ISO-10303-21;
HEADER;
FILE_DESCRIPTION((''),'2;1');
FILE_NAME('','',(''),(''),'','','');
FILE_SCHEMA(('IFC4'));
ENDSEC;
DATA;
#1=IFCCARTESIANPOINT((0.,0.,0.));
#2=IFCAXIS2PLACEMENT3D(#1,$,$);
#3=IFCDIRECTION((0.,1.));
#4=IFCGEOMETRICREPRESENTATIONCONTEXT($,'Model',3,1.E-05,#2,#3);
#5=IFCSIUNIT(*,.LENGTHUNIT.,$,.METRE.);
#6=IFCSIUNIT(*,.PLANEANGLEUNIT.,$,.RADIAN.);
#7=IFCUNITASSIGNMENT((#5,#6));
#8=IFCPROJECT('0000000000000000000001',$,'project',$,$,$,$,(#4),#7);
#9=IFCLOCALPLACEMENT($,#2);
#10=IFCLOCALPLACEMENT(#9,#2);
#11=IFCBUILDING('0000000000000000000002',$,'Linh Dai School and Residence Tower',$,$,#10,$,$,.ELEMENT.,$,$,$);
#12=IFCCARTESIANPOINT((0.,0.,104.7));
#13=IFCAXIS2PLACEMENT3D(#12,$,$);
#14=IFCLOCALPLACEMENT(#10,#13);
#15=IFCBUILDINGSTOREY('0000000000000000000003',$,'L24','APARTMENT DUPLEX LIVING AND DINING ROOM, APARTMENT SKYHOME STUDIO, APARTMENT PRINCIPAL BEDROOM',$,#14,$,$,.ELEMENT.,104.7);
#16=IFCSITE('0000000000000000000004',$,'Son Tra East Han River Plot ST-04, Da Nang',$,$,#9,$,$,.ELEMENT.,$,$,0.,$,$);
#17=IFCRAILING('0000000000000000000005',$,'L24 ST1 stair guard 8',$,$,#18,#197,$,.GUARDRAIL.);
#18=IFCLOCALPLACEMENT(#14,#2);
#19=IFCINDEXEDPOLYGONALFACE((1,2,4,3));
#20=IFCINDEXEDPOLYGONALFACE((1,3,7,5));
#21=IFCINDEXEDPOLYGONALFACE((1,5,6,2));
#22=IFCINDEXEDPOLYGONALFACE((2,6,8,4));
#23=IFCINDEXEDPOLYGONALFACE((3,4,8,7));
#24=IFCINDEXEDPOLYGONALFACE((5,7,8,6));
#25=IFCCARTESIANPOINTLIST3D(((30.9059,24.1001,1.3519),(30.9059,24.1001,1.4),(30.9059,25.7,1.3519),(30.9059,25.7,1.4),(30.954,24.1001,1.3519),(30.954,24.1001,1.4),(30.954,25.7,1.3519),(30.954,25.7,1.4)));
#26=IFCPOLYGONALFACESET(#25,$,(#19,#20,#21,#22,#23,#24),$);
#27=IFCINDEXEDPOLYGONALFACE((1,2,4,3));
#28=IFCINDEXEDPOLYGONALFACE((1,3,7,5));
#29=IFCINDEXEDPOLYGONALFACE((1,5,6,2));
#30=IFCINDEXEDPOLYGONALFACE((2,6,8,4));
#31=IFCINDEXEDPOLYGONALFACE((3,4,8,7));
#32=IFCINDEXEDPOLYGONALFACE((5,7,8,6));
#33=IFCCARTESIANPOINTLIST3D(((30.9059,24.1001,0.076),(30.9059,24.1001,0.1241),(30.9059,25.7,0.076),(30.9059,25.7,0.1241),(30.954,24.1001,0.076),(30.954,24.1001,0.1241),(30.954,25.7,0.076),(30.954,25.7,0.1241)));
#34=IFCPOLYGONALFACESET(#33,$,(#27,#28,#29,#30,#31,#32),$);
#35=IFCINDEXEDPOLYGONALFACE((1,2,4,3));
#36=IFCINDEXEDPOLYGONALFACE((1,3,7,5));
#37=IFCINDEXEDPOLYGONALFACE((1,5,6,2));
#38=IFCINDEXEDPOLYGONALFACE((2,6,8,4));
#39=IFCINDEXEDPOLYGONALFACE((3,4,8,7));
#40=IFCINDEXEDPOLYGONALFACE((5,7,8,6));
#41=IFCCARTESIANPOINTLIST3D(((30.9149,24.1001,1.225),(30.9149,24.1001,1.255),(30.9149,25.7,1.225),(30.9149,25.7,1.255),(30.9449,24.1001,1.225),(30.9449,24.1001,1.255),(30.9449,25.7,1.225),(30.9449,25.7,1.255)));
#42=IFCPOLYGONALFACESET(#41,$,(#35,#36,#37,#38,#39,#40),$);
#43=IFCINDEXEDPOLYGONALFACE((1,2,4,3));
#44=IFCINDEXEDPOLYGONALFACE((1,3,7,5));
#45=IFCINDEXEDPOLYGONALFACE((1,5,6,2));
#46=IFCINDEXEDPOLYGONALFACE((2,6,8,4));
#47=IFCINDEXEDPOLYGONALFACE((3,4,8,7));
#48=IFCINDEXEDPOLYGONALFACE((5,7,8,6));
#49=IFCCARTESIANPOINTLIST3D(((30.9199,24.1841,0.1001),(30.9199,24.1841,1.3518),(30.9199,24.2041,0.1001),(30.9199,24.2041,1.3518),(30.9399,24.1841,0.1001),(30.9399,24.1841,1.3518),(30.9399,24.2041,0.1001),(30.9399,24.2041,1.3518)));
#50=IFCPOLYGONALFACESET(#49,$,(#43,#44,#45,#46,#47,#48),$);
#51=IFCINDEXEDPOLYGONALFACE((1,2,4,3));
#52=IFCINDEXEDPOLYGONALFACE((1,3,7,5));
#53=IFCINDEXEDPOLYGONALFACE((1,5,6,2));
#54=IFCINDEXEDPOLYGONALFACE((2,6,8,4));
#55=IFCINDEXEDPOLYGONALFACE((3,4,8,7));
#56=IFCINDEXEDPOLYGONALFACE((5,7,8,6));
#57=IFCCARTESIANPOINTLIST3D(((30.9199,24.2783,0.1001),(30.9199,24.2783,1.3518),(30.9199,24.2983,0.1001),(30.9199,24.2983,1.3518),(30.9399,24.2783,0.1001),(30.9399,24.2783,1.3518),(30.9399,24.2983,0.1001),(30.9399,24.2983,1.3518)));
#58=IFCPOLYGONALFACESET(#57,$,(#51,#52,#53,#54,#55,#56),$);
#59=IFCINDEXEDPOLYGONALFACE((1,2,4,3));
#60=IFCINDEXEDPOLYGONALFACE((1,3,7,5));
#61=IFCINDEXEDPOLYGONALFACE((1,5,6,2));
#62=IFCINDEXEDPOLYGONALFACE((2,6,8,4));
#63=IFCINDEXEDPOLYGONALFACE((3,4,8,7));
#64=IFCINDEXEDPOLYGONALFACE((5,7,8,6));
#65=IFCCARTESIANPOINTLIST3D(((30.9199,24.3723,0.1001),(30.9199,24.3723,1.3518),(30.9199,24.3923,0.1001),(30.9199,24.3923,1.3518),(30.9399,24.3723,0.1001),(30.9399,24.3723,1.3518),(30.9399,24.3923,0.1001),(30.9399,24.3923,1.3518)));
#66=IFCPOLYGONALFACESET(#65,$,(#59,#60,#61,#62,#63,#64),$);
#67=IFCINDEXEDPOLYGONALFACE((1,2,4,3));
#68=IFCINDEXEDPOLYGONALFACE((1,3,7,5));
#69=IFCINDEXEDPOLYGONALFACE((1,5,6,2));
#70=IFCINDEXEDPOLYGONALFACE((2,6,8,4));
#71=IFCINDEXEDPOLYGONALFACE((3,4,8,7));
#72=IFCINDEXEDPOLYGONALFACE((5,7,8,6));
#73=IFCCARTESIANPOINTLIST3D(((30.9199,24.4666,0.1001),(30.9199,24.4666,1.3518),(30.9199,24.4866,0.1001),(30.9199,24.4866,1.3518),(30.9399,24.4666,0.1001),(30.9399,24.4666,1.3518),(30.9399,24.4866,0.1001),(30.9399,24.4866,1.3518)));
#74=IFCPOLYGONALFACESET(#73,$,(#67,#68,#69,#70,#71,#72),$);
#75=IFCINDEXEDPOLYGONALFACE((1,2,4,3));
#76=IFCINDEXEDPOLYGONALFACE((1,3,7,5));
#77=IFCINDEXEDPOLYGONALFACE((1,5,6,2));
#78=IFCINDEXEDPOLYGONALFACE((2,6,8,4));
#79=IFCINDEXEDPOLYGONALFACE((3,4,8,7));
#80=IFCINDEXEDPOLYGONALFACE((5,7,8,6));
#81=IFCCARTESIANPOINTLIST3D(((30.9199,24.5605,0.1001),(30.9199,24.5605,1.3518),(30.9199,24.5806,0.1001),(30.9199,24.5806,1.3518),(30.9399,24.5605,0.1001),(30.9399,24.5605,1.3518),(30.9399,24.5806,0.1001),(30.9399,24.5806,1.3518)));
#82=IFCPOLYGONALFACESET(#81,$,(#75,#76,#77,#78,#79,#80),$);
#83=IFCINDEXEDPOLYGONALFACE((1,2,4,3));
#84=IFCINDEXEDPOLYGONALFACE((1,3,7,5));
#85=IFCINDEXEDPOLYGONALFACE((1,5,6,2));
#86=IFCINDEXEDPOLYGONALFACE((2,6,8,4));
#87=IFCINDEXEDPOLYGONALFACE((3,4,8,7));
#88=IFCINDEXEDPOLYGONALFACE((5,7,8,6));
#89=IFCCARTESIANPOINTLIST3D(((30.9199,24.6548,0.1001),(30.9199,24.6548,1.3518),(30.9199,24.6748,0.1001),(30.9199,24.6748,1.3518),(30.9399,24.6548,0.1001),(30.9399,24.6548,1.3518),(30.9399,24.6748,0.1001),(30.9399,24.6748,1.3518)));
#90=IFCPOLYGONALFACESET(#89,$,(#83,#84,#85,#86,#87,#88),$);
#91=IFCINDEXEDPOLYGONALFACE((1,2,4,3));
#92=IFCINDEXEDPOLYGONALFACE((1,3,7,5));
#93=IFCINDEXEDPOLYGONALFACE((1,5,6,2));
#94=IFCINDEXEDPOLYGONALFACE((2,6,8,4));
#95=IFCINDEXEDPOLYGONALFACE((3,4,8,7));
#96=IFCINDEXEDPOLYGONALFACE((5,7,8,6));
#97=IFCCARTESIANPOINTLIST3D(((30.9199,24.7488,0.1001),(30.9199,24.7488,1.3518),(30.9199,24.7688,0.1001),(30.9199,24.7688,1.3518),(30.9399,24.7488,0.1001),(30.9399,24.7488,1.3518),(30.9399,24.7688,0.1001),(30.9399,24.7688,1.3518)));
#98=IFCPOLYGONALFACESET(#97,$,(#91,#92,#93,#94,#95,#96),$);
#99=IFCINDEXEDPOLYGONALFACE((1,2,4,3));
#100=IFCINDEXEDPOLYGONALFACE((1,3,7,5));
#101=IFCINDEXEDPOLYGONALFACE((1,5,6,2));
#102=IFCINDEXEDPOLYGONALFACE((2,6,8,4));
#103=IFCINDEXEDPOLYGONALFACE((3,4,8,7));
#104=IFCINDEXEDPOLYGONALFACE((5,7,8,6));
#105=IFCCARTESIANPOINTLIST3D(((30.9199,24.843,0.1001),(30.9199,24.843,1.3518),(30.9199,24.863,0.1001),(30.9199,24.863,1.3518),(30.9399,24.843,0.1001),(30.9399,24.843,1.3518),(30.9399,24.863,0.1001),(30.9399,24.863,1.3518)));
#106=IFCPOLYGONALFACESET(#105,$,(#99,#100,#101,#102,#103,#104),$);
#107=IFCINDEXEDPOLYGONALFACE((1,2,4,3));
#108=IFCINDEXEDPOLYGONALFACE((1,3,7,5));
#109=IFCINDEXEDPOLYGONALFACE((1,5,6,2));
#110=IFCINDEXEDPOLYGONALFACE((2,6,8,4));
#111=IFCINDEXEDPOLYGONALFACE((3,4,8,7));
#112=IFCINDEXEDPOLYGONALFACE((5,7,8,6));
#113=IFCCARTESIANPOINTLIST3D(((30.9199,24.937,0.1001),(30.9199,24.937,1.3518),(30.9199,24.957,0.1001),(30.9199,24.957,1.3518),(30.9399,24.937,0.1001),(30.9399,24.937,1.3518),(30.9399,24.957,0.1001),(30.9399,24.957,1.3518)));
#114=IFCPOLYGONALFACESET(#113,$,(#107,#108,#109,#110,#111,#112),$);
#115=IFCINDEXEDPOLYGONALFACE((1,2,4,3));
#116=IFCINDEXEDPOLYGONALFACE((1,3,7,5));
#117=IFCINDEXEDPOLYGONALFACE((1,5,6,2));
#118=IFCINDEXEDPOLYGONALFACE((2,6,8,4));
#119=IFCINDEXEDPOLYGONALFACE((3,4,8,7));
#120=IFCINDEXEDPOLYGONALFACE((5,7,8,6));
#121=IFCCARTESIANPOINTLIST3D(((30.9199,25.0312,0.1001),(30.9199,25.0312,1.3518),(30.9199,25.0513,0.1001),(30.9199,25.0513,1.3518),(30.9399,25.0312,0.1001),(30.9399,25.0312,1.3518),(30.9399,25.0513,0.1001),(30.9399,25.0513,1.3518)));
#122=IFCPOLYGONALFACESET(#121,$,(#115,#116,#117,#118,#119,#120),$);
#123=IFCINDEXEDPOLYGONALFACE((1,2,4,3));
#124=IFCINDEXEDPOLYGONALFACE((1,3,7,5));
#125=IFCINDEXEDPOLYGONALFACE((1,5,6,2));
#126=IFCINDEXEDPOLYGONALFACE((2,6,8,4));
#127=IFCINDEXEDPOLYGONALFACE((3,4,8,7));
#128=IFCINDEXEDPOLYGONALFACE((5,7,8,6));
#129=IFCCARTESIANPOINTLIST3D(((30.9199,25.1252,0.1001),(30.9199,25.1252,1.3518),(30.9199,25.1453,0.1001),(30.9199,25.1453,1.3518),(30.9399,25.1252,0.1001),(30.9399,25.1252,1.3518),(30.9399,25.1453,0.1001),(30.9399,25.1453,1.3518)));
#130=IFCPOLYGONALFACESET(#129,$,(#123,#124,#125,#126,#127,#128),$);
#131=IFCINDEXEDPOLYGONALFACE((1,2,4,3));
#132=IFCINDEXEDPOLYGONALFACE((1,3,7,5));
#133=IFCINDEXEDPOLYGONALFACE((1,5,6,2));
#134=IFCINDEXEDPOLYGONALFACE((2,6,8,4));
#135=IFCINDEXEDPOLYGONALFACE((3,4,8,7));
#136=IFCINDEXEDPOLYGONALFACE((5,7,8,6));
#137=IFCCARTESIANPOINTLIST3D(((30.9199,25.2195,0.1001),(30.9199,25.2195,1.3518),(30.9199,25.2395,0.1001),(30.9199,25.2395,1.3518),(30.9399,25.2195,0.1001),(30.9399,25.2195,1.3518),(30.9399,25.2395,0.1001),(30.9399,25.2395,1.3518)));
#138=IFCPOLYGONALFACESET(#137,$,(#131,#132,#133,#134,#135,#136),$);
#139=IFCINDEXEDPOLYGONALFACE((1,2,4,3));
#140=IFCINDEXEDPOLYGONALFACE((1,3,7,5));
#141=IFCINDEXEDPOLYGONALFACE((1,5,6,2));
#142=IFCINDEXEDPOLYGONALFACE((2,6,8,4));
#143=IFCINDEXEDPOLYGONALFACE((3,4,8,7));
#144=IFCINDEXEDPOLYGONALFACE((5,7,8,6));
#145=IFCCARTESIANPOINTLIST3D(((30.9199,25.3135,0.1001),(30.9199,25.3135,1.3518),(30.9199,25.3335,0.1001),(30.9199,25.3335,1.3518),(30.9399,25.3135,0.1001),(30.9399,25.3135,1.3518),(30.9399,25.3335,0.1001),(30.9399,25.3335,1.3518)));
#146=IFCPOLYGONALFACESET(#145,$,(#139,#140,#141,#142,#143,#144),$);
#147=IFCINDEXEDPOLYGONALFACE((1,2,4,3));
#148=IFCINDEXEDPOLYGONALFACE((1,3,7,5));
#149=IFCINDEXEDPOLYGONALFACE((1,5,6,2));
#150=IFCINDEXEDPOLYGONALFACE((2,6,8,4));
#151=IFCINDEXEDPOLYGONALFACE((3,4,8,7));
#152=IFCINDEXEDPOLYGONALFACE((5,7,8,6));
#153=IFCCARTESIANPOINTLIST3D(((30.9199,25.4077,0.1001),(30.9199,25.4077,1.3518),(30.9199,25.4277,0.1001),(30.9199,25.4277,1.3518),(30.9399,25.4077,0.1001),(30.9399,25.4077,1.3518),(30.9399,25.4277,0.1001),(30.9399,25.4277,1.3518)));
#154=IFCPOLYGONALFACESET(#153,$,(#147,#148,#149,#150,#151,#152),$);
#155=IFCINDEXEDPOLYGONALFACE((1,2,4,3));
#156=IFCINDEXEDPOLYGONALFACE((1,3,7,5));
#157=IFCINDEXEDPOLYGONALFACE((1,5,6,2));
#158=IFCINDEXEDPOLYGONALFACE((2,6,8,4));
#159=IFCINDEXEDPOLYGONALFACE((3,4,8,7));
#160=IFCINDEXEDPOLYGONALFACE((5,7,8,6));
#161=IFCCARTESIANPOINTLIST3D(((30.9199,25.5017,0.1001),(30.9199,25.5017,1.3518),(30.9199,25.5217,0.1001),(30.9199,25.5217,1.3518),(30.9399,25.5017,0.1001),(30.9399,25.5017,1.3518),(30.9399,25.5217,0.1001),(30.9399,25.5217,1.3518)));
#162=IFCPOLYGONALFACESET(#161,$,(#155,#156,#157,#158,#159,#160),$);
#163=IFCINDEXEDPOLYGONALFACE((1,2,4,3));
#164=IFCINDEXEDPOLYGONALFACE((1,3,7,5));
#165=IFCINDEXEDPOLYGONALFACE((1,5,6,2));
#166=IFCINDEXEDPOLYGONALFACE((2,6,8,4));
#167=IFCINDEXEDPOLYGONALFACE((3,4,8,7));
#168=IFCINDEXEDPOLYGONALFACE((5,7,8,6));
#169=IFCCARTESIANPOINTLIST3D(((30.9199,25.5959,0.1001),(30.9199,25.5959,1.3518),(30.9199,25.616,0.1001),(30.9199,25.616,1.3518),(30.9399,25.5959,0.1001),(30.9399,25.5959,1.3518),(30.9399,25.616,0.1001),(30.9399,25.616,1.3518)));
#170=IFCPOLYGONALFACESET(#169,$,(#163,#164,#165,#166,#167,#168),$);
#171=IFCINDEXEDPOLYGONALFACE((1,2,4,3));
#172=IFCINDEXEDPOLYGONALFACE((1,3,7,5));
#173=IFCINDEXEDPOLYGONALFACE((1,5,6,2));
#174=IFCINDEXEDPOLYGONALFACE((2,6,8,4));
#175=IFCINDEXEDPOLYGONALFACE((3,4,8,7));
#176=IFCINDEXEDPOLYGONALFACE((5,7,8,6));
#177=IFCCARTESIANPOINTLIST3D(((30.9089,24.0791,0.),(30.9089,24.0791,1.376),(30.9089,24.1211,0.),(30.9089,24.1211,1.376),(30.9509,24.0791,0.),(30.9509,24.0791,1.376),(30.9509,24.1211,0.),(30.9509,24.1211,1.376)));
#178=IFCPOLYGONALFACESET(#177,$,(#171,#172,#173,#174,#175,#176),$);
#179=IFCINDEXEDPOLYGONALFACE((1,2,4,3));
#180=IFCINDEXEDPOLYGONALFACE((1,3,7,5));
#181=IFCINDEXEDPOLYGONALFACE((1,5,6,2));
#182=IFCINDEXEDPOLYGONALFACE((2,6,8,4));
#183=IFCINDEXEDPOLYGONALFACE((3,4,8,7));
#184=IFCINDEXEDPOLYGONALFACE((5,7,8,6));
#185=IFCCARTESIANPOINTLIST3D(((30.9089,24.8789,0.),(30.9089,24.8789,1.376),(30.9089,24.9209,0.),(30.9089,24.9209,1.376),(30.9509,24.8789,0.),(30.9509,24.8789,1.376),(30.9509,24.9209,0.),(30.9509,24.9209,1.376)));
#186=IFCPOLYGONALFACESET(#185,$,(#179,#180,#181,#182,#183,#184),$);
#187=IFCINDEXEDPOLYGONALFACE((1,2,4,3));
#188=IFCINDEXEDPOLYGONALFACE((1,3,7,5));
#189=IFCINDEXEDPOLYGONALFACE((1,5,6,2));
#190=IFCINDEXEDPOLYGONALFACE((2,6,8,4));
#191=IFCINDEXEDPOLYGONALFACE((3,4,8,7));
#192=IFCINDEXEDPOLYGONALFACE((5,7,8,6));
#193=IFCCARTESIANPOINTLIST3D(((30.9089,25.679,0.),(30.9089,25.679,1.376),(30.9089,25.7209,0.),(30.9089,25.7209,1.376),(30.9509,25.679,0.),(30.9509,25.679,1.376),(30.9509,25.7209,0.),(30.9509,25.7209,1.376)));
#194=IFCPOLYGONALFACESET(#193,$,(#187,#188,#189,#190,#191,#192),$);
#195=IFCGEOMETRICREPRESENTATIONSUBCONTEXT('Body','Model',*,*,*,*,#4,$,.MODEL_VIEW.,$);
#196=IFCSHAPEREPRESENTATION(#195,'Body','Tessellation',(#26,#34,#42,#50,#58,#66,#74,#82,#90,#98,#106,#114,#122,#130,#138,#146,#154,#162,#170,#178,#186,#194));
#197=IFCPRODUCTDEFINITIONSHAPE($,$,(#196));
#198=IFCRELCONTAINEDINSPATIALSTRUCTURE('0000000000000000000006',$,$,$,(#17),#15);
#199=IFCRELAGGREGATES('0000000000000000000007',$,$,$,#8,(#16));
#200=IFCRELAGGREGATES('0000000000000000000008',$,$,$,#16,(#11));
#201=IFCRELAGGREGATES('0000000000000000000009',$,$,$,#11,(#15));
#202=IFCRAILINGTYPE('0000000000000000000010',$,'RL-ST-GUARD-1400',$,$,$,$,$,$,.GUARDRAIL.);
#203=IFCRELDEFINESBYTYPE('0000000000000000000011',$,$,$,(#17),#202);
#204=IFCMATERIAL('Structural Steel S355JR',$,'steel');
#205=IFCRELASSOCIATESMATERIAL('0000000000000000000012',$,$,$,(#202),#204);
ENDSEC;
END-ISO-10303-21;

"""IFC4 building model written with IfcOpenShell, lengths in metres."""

from ifc_helpers import new_model, si_unit, direction, frame, origin, origin_2d, place, context, subcontext, project, spatial, rectangle, extrude, source, transform, mapped, material, type_object, element, save


model = new_model("IFC4")

# Units and contexts
model_context = context("Model", 3, precision=1e-05, world=origin(), true_north=direction((0.0, 1.0)))
body_context = subcontext(model_context, "Body", "Model", "MODEL_VIEW")
ifc_project = project(units=[si_unit("LENGTHUNIT", "METRE"), si_unit("PLANEANGLEUNIT", "RADIAN")], contexts=[model_context])

# Site, building, storey
site_placement = place(None, origin())
site = spatial("IfcSite", under=ifc_project, at=site_placement, Name="Son Tra East Han River Plot ST-04, Da Nang", CompositionType="ELEMENT", RefElevation=0.0)
building_placement = place(site_placement, origin())
building = spatial("IfcBuilding", under=site, at=building_placement, Name="Linh Dai School and Residence Tower", CompositionType="ELEMENT")
storey_placement = place(building_placement, frame((0.0, 0.0, 104.7)))
storey = spatial("IfcBuildingStorey", under=building, at=storey_placement, Name="L24", Description="APARTMENT DUPLEX LIVING AND DINING ROOM, APARTMENT SKYHOME STUDIO, APARTMENT PRINCIPAL BEDROOM", CompositionType="ELEMENT", Elevation=104.7)

# Shared definitions
ifc_material_1 = material(Name="Structural Steel S355JR", Category="steel")

# Railing
railing_type = type_object("IfcRailingType", Name="RL-ST-GUARD-1400", PredefinedType="GUARDRAIL", material=ifc_material_1)
shared_shape_1 = source(origin(), body_context, "Body", "SweptSolid", [
    extrude(rectangle(XDim=0.0481, YDim=0.0481, at=origin_2d()), frame((0.0, 0.0, 1.376), z_axis=(0.0, 1.0, 0.0), x_axis=(-1.0, 0.0, 0.0)), (0.0, 0.0, 1.0), 1.5999),
    extrude(rectangle(XDim=0.0481, YDim=0.0481, at=origin_2d()), frame((0.0, 0.0, 0.1001), z_axis=(0.0, 1.0, 0.0), x_axis=(-1.0, 0.0, 0.0)), (0.0, 0.0, 1.0), 1.5999),
    extrude(rectangle(XDim=0.03, YDim=0.03, at=origin_2d()), frame((0.0, 0.0, 1.24), z_axis=(0.0, 1.0, 0.0), x_axis=(-1.0, 0.0, 0.0)), (0.0, 0.0, 1.0), 1.5999),
    extrude(rectangle(XDim=0.02, YDim=0.02, at=origin_2d()), frame((0.0, 0.094, 0.1001)), (0.0, 0.0, 1.0), 1.2517),
    extrude(rectangle(XDim=0.02, YDim=0.02, at=origin_2d()), frame((0.0, 0.1882, 0.1001)), (0.0, 0.0, 1.0), 1.2517),
    extrude(rectangle(XDim=0.02, YDim=0.02, at=origin_2d()), frame((0.0, 0.2822, 0.1001)), (0.0, 0.0, 1.0), 1.2517),
    extrude(rectangle(XDim=0.02, YDim=0.02, at=origin_2d()), frame((0.0, 0.3765, 0.1001)), (0.0, 0.0, 1.0), 1.2517),
    extrude(rectangle(XDim=0.02, YDim=0.02, at=origin_2d()), frame((0.0, 0.4705, 0.1001)), (0.0, 0.0, 1.0), 1.2517),
    extrude(rectangle(XDim=0.02, YDim=0.02, at=origin_2d()), frame((0.0, 0.5647, 0.1001)), (0.0, 0.0, 1.0), 1.2517),
    extrude(rectangle(XDim=0.02, YDim=0.02, at=origin_2d()), frame((0.0, 0.6587, 0.1001)), (0.0, 0.0, 1.0), 1.2517),
    extrude(rectangle(XDim=0.02, YDim=0.02, at=origin_2d()), frame((0.0, 0.7529, 0.1001)), (0.0, 0.0, 1.0), 1.2517),
    extrude(rectangle(XDim=0.02, YDim=0.02, at=origin_2d()), frame((0.0, 0.8469, 0.1001)), (0.0, 0.0, 1.0), 1.2517),
    extrude(rectangle(XDim=0.02, YDim=0.02, at=origin_2d()), frame((0.0, 0.9412, 0.1001)), (0.0, 0.0, 1.0), 1.2517),
    extrude(rectangle(XDim=0.02, YDim=0.02, at=origin_2d()), frame((0.0, 1.0352, 0.1001)), (0.0, 0.0, 1.0), 1.2517),
    extrude(rectangle(XDim=0.02, YDim=0.02, at=origin_2d()), frame((0.0, 1.1294, 0.1001)), (0.0, 0.0, 1.0), 1.2517),
    extrude(rectangle(XDim=0.02, YDim=0.02, at=origin_2d()), frame((0.0, 1.2234, 0.1001)), (0.0, 0.0, 1.0), 1.2517),
    extrude(rectangle(XDim=0.02, YDim=0.02, at=origin_2d()), frame((0.0, 1.3176, 0.1001)), (0.0, 0.0, 1.0), 1.2517),
    extrude(rectangle(XDim=0.02, YDim=0.02, at=origin_2d()), frame((0.0, 1.4116, 0.1001)), (0.0, 0.0, 1.0), 1.2517),
    extrude(rectangle(XDim=0.02, YDim=0.02, at=origin_2d()), frame((0.0, 1.5059, 0.1001)), (0.0, 0.0, 1.0), 1.2517),
    extrude(rectangle(XDim=0.042, YDim=0.042, at=origin_2d()), origin(), (0.0, 0.0, 1.0), 1.376),
    extrude(rectangle(XDim=0.042, YDim=0.042, at=origin_2d()), frame((0.0, 0.7998, 0.0)), (0.0, 0.0, 1.0), 1.376),
    extrude(rectangle(XDim=0.042, YDim=0.042, at=origin_2d()), frame((0.0, 1.5999, 0.0)), (0.0, 0.0, 1.0), 1.376),
])
for number, where, name in (
    (1, (30.9299, 24.1001, 0.0), "L24 ST1 stair guard 8"),
):
    element("IfcRailing", number, at=place(storey_placement, frame(where)), inside=storey, type_object=railing_type, Name=name, PredefinedType="GUARDRAIL", context=body_context, shape_type="MappedRepresentation", body=[
        mapped(shared_shape_1, transform((0.0, 0.0, 0.0), x_axis=(1.0, 0.0, 0.0), y_axis=(0.0, 1.0, 0.0), z_axis=(0.0, 0.0, 1.0), scale=1.0)),
    ])

save(model, "model.ifc")
